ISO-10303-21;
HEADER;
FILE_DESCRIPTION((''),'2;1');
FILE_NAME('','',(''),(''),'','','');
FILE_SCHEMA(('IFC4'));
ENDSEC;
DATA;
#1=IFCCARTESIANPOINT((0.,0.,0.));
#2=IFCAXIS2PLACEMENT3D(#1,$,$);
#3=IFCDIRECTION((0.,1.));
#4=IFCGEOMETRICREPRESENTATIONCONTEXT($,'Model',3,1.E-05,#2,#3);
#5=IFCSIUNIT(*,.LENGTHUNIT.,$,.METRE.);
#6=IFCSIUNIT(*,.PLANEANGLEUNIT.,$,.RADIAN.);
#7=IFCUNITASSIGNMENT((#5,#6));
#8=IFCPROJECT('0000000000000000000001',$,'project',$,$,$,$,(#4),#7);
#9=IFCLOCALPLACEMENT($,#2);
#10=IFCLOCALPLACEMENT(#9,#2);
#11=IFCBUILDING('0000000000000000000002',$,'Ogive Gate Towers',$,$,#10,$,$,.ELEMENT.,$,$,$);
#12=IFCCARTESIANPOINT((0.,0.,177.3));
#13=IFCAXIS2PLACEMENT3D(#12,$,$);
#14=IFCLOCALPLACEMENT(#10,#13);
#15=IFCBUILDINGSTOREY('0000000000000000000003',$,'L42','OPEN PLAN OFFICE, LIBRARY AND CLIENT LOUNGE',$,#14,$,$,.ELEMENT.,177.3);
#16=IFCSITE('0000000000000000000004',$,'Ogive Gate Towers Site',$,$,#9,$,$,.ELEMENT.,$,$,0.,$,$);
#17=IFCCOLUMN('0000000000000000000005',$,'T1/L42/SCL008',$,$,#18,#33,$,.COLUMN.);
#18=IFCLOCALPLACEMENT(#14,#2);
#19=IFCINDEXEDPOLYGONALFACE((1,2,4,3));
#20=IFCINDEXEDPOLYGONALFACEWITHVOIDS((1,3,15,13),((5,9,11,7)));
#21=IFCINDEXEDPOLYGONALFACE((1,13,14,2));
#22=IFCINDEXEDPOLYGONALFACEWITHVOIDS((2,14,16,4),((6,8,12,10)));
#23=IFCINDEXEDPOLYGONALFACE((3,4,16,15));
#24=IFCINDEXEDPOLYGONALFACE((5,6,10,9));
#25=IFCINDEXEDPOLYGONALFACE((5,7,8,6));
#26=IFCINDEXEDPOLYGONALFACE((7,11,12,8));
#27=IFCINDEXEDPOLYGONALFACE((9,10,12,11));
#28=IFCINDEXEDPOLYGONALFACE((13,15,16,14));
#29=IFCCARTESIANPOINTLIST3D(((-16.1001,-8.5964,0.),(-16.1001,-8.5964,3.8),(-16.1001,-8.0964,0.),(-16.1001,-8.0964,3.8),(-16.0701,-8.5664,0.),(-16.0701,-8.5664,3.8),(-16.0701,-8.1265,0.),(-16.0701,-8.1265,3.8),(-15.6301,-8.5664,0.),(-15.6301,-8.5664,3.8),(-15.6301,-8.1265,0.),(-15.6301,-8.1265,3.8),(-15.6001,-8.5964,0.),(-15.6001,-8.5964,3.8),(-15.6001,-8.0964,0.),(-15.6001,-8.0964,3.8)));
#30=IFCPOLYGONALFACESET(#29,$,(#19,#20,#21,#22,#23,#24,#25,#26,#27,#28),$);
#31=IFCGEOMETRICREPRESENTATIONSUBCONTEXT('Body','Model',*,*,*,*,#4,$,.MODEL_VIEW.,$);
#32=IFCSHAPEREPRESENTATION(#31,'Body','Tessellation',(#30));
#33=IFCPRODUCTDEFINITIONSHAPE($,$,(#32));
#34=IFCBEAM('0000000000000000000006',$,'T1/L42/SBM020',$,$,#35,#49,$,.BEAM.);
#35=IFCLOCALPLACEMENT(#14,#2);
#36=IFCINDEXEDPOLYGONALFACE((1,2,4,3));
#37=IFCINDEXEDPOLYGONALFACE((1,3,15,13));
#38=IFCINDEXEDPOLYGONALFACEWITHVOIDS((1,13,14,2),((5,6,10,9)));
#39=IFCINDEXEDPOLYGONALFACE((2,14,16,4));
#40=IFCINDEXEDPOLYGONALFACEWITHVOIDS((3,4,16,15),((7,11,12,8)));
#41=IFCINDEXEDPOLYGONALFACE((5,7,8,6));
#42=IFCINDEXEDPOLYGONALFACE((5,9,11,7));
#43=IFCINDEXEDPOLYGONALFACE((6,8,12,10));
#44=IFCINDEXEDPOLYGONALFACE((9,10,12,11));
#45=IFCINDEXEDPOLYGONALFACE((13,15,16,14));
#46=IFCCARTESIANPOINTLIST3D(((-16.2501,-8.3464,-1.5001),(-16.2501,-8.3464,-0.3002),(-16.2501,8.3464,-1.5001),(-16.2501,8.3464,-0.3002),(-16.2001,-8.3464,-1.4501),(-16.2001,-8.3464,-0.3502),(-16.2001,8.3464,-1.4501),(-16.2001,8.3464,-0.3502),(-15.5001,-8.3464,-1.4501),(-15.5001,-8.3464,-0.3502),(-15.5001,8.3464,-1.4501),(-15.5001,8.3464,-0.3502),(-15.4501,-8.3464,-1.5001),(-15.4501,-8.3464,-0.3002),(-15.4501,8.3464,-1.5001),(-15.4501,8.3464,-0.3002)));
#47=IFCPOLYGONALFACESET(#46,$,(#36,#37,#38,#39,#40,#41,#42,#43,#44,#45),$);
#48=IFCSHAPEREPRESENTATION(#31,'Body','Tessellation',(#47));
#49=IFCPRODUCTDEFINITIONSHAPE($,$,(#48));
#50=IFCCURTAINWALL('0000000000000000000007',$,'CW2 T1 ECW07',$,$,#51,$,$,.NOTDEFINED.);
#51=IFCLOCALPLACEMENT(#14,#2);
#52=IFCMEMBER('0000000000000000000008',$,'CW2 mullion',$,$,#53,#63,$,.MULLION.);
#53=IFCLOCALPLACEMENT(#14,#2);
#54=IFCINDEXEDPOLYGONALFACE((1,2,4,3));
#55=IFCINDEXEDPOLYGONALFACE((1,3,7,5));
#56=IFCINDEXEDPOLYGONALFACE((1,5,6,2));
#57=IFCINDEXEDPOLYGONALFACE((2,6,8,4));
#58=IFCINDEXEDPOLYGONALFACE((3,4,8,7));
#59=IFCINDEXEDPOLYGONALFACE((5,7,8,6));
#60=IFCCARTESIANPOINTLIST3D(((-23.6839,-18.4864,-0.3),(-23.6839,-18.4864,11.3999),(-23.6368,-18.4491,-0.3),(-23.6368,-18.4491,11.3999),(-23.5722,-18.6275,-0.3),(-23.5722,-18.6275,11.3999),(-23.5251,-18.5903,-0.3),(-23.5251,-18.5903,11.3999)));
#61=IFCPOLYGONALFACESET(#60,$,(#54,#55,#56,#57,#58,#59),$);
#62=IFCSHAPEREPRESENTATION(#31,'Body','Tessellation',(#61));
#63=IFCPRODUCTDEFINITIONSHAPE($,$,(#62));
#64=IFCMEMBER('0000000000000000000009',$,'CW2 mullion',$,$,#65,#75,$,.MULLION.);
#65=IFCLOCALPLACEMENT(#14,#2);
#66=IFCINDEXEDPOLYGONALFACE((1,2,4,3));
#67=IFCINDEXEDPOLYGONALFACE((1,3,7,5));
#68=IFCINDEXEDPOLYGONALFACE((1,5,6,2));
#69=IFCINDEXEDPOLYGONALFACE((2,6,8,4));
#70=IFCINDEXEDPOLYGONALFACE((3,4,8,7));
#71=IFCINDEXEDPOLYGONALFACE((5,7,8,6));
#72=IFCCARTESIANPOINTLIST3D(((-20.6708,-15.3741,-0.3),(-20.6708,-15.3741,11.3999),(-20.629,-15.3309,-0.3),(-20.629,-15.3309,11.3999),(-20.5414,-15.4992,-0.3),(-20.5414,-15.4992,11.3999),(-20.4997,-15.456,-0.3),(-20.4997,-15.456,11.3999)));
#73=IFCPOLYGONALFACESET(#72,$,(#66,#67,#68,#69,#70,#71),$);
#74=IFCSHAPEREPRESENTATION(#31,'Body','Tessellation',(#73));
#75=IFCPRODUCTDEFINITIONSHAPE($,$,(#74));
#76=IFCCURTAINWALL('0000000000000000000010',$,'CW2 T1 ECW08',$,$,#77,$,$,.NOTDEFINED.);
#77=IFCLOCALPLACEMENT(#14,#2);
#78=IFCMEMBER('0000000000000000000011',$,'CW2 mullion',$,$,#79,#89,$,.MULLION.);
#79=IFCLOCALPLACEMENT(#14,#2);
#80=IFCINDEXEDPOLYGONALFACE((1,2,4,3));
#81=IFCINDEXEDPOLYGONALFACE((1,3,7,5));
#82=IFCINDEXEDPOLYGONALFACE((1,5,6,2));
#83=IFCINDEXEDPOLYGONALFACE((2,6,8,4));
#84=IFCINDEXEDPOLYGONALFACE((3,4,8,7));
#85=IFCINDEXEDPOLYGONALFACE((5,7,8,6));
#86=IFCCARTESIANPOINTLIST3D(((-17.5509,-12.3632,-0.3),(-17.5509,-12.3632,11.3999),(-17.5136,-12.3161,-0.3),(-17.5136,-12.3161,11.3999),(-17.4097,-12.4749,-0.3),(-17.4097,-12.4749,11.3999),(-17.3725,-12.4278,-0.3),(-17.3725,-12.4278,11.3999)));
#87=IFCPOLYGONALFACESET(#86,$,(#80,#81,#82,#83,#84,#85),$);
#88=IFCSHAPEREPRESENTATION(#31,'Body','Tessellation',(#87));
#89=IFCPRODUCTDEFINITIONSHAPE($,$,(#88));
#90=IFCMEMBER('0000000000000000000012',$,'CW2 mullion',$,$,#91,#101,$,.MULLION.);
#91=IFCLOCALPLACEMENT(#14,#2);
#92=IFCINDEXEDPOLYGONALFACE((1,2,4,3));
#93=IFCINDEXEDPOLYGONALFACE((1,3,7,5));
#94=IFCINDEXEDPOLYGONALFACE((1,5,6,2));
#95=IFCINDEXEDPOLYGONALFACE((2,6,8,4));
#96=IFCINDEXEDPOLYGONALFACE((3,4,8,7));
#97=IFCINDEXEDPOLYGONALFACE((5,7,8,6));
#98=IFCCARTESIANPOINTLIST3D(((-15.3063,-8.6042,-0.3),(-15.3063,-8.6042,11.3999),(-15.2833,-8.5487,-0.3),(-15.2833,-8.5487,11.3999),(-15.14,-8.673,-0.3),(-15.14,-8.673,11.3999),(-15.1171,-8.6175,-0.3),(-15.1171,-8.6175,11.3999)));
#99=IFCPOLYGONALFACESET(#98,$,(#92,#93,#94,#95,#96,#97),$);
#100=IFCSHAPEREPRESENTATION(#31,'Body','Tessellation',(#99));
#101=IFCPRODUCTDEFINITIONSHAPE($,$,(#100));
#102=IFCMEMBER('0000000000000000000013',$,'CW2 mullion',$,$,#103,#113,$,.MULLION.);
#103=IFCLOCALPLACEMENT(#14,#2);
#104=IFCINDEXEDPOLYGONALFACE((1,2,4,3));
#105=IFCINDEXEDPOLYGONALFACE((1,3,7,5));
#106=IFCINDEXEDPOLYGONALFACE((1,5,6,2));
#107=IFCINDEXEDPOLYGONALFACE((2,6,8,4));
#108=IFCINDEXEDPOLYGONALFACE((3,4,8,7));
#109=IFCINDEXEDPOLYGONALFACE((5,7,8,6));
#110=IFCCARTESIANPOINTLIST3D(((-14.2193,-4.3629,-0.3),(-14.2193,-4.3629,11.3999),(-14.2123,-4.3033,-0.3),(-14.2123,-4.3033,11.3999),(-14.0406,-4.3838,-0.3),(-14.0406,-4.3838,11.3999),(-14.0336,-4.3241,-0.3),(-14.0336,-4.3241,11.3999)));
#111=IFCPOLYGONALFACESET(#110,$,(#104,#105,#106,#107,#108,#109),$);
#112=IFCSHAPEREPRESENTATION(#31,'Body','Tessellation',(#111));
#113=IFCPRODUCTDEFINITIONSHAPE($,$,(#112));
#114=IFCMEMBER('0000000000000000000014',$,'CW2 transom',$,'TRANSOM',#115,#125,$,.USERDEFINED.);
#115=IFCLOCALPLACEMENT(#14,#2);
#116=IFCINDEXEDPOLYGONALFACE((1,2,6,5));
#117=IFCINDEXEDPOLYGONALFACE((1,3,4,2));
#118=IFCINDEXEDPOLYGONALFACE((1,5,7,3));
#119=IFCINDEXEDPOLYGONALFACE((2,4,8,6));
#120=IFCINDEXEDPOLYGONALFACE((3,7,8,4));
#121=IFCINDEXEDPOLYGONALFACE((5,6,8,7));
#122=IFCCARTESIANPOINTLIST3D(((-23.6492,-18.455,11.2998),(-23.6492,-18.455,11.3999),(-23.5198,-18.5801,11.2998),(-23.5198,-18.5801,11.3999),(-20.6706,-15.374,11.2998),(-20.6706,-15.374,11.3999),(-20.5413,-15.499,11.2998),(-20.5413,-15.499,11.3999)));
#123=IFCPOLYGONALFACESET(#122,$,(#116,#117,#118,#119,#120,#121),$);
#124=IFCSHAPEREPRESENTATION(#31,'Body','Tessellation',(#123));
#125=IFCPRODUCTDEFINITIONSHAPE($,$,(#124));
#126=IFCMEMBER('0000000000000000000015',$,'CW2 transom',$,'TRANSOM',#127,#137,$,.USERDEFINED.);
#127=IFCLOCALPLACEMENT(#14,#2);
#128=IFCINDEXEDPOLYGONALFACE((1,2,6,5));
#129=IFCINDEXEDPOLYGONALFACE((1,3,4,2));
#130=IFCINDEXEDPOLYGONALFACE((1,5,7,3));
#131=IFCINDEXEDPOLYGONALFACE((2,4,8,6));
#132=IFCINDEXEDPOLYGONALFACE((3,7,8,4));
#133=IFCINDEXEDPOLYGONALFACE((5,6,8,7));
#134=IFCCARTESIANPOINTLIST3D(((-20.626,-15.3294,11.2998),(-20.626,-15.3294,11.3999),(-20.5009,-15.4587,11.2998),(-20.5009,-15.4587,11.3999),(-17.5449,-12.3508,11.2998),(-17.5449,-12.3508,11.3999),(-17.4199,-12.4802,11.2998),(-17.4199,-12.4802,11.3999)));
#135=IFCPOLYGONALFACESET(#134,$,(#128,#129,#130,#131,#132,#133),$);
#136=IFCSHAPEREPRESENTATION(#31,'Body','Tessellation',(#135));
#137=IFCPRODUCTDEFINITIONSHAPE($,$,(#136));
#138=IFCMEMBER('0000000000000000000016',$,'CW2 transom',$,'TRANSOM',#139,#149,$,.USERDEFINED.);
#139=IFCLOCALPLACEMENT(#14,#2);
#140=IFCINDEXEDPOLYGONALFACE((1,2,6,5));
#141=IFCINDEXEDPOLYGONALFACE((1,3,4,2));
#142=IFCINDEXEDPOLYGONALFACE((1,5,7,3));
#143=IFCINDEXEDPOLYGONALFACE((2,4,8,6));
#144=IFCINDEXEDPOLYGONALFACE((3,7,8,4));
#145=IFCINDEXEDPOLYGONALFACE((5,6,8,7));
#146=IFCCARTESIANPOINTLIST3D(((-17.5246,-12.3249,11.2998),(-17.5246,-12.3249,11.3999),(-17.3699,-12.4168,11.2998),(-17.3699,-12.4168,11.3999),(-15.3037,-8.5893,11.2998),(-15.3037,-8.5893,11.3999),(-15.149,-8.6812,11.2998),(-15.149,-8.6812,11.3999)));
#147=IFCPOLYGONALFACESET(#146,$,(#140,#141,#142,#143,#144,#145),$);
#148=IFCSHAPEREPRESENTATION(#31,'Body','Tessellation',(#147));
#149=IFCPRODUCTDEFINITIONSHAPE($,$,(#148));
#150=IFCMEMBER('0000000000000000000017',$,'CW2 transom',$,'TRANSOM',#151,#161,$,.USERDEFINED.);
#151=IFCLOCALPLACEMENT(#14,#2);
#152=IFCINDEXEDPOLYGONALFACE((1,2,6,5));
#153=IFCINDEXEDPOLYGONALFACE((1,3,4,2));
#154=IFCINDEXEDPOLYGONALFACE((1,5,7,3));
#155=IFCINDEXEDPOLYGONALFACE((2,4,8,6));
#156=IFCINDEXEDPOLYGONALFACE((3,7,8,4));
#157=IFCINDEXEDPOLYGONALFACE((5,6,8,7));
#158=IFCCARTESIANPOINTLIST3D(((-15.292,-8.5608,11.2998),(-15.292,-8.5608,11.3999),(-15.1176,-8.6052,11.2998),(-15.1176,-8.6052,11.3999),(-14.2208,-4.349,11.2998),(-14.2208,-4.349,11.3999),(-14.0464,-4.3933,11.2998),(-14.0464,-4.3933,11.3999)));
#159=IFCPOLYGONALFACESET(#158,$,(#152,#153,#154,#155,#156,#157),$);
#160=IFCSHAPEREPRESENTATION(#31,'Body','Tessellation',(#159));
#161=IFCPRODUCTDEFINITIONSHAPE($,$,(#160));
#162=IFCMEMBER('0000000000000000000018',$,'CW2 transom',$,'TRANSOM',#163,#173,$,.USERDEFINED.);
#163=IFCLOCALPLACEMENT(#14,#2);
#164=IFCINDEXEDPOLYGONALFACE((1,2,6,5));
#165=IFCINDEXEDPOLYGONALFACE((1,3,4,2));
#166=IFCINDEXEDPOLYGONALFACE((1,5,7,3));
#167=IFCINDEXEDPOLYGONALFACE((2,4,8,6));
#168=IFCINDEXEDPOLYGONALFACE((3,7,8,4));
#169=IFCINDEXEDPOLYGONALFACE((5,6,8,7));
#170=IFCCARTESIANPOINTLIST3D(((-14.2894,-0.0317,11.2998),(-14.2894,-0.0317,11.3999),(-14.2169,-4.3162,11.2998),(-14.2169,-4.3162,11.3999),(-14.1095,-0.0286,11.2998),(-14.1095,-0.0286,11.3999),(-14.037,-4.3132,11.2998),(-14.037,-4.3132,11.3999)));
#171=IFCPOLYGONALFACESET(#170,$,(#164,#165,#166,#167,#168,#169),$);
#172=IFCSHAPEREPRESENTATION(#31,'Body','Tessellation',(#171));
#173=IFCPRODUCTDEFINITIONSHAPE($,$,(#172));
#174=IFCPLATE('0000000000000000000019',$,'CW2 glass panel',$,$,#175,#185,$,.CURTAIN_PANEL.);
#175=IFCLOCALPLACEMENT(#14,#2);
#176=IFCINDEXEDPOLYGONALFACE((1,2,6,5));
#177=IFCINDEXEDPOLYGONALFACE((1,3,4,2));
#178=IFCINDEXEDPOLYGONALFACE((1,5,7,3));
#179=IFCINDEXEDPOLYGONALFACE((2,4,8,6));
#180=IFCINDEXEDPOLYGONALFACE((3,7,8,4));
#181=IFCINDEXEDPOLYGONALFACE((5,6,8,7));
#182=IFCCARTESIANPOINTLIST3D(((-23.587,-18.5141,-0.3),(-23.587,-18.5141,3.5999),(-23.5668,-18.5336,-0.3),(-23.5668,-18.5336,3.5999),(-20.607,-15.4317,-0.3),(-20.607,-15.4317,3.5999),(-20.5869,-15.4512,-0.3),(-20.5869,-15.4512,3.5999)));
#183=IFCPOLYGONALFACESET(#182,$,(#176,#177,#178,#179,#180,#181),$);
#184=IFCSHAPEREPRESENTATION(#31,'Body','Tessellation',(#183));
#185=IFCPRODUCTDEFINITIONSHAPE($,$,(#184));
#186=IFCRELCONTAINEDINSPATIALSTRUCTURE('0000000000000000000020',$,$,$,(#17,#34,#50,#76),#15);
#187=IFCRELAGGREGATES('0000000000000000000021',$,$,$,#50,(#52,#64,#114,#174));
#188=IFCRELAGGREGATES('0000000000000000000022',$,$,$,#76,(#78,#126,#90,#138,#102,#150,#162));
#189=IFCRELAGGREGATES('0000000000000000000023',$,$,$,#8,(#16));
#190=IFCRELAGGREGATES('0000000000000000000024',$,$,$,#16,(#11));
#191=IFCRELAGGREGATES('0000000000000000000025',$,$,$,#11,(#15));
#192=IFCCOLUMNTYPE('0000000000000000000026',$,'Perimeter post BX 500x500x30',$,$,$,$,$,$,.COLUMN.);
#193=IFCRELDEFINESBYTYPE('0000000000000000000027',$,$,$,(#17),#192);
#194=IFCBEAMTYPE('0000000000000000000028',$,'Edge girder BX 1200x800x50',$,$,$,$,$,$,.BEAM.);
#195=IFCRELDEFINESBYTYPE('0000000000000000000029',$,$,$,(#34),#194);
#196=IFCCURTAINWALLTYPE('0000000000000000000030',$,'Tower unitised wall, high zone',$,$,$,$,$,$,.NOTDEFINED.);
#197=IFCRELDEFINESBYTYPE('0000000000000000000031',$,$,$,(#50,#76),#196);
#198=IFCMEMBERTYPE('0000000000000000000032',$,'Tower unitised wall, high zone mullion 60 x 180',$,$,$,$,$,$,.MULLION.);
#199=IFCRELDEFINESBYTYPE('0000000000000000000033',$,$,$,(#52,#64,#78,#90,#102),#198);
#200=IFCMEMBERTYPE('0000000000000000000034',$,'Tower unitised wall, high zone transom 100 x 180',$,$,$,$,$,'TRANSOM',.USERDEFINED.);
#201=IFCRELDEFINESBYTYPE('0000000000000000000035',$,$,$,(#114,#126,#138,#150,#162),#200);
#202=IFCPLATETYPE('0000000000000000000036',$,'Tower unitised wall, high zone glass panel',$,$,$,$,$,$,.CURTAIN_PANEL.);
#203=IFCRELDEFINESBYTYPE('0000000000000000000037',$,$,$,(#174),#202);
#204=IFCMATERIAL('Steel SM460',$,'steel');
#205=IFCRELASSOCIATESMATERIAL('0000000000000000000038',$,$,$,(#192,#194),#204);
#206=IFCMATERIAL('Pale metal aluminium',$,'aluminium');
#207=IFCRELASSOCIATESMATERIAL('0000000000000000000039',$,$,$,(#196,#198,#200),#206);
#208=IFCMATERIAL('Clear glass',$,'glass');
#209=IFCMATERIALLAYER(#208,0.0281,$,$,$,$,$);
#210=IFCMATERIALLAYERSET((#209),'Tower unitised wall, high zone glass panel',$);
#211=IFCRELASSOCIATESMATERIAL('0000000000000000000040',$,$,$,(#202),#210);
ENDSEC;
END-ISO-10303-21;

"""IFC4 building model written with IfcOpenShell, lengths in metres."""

from ifc_helpers import new_model, si_unit, direction, frame, origin, origin_2d, place, context, subcontext, project, spatial, rectangle, hollow_rectangle, extrude, material, layer, layer_set, material_profile, profile_set, type_object, element, aggregate, save


model = new_model("IFC4")

# Units and contexts
model_context = context("Model", 3, precision=1e-05, world=origin(), true_north=direction((0.0, 1.0)))
body_context = subcontext(model_context, "Body", "Model", "MODEL_VIEW")
ifc_project = project(units=[si_unit("LENGTHUNIT", "METRE"), si_unit("PLANEANGLEUNIT", "RADIAN")], contexts=[model_context])

# Site, building, storey
site_placement = place(None, origin())
site = spatial("IfcSite", under=ifc_project, at=site_placement, Name="Ogive Gate Towers Site", CompositionType="ELEMENT", RefElevation=0.0)
building_placement = place(site_placement, origin())
building = spatial("IfcBuilding", under=site, at=building_placement, Name="Ogive Gate Towers", CompositionType="ELEMENT")
storey_placement = place(building_placement, frame((0.0, 0.0, 177.3)))
storey = spatial("IfcBuildingStorey", under=building, at=storey_placement, Name="L42", Description="OPEN PLAN OFFICE, LIBRARY AND CLIENT LOUNGE", CompositionType="ELEMENT", Elevation=177.3)

# Column
ifc_material_1 = material(Name="Steel SM460", Category="steel")
ifc_material_profile_1 = material_profile(ifc_material_1, hollow_rectangle(XDim=0.5, YDim=0.5, WallThickness=0.03, at=origin_2d()), Name="BX 500x500x30")
ifc_profile_set_1 = profile_set([ifc_material_profile_1], Name="Steel SM460")
column_type = type_object("IfcColumnType", Name="Perimeter post BX 500x500x30", PredefinedType="COLUMN", material=ifc_profile_set_1)
column_placement = place(storey_placement, frame((-15.8501, -8.3464, 0.0), z_axis=(0.0, 0.0, 1.0), x_axis=(1.0, 0.0, 0.0)))
element("IfcColumn", 1, at=column_placement, inside=storey, type_object=column_type, Name="T1/L42/SCL008", PredefinedType="COLUMN", context=body_context, shape_type="SweptSolid", body=[
    extrude(hollow_rectangle(XDim=0.5, YDim=0.5, WallThickness=0.03, at=origin_2d()), origin(), (0.0, 0.0, 1.0), 3.8),
])

# Beam
ifc_material_profile_2 = material_profile(ifc_material_1, hollow_rectangle(XDim=0.8, YDim=1.2, WallThickness=0.05, at=origin_2d()), Name="BX 1200x800x50")
ifc_profile_set_2 = profile_set([ifc_material_profile_2], Name="Steel SM460")
beam_type = type_object("IfcBeamType", Name="Edge girder BX 1200x800x50", PredefinedType="BEAM", material=ifc_profile_set_2)
beam_placement = place(storey_placement, frame((-15.8501, -8.3464, -0.9001), z_axis=(0.0, 1.0, 0.0), x_axis=(-1.0, 0.0, 0.0)))
element("IfcBeam", 2, at=beam_placement, inside=storey, type_object=beam_type, Name="T1/L42/SBM020", PredefinedType="BEAM", context=body_context, shape_type="SweptSolid", body=[
    extrude(hollow_rectangle(XDim=0.8, YDim=1.2, WallThickness=0.05, at=origin_2d()), origin(), (0.0, 0.0, 1.0), 16.6929),
])

# Curtain walls, members
ifc_material_2 = material(Name="Pale metal aluminium", Category="aluminium")
curtain_wall_type = type_object("IfcCurtainWallType", Name="Tower unitised wall, high zone", PredefinedType="NOTDEFINED", material=ifc_material_2)
curtain_wall_1_placement = place(storey_placement, origin())
curtain_wall_1 = element("IfcCurtainWall", 3, at=curtain_wall_1_placement, inside=storey, type_object=curtain_wall_type, Name="CW2 T1 ECW07", PredefinedType="NOTDEFINED")
ifc_material_profile_3 = material_profile(ifc_material_2, rectangle(XDim=0.1799, YDim=0.0601, at=origin_2d()), Name="60 x 180 aluminium box")
ifc_profile_set_3 = profile_set([ifc_material_profile_3], Name="Pale metal aluminium")
member_type_1 = type_object("IfcMemberType", Name="Tower unitised wall, high zone mullion 60 x 180", PredefinedType="MULLION", material=ifc_profile_set_3)
member_1_placement = place(storey_placement, frame((-23.6045, -18.5383, -0.3), z_axis=(0.0, 0.0, 1.0), x_axis=(0.620464, -0.784235, 0.0)))
member_1 = element("IfcMember", 4, at=member_1_placement, type_object=member_type_1, Name="CW2 mullion", PredefinedType="MULLION", context=body_context, shape_type="SweptSolid", body=[
    extrude(rectangle(XDim=0.1799, YDim=0.0601, at=origin_2d()), origin(), (0.0, 0.0, 1.0), 11.7),
])
member_2_placement = place(storey_placement, frame((-20.5852, -15.415, -0.3), z_axis=(0.0, 0.0, 1.0), x_axis=(0.718964, -0.695047, 0.0)))
member_2 = element("IfcMember", 5, at=member_2_placement, type_object=member_type_1, Name="CW2 mullion", PredefinedType="MULLION", context=body_context, shape_type="SweptSolid", body=[
    extrude(rectangle(XDim=0.1799, YDim=0.0601, at=origin_2d()), origin(), (0.0, 0.0, 1.0), 11.7),
])
curtain_wall_2_placement = place(storey_placement, origin())
curtain_wall_2 = element("IfcCurtainWall", 6, at=curtain_wall_2_placement, inside=storey, type_object=curtain_wall_type, Name="CW2 T1 ECW08", PredefinedType="NOTDEFINED")
member_3_placement = place(storey_placement, frame((-17.4617, -12.3955, -0.3), z_axis=(0.0, 0.0, 1.0), x_axis=(0.784235, -0.620464, 0.0)))
member_3 = element("IfcMember", 7, at=member_3_placement, type_object=member_type_1, Name="CW2 mullion", PredefinedType="MULLION", context=body_context, shape_type="SweptSolid", body=[
    extrude(rectangle(XDim=0.1799, YDim=0.0601, at=origin_2d()), origin(), (0.0, 0.0, 1.0), 11.7),
])
member_4_placement = place(storey_placement, frame((-15.2117, -8.6108, -0.3), z_axis=(0.0, 0.0, 1.0), x_axis=(0.92388, -0.382683, 0.0)))
member_4 = element("IfcMember", 8, at=member_4_placement, type_object=member_type_1, Name="CW2 mullion", PredefinedType="MULLION", context=body_context, shape_type="SweptSolid", body=[
    extrude(rectangle(XDim=0.1799, YDim=0.0601, at=origin_2d()), origin(), (0.0, 0.0, 1.0), 11.7),
])
member_5_placement = place(storey_placement, frame((-14.1265, -4.3435, -0.3), z_axis=(0.0, 0.0, 1.0), x_axis=(0.993272, -0.115804, 0.0)))
member_5 = element("IfcMember", 9, at=member_5_placement, type_object=member_type_1, Name="CW2 mullion", PredefinedType="MULLION", context=body_context, shape_type="SweptSolid", body=[
    extrude(rectangle(XDim=0.1799, YDim=0.0601, at=origin_2d()), origin(), (0.0, 0.0, 1.0), 11.7),
])

# Members
ifc_material_profile_4 = material_profile(ifc_material_2, rectangle(XDim=0.1799, YDim=0.1001, at=origin_2d()), Name="100 x 180 aluminium box")
ifc_profile_set_4 = profile_set([ifc_material_profile_4], Name="Pale metal aluminium")
member_type_2 = type_object("IfcMemberType", Name="Tower unitised wall, high zone transom 100 x 180", ElementType="TRANSOM", PredefinedType="USERDEFINED", material=ifc_profile_set_4)
member_6_placement = place(storey_placement, frame((-23.5845, -18.5176, 11.3499), z_axis=(0.695042, 0.718969, 0.0), x_axis=(-0.718969, 0.695042, 0.0)))
member_6 = element("IfcMember", 10, at=member_6_placement, type_object=member_type_2, Name="CW2 transom", ObjectType="TRANSOM", PredefinedType="USERDEFINED", context=body_context, shape_type="SweptSolid", body=[
    extrude(rectangle(XDim=0.1799, YDim=0.1001, at=origin_2d()), origin(), (0.0, 0.0, 1.0), 4.2854),
])
member_7_placement = place(storey_placement, frame((-20.5635, -15.394, 11.3499), z_axis=(0.718969, 0.695042, 0.0), x_axis=(-0.695042, 0.718969, 0.0)))
member_7 = element("IfcMember", 11, at=member_7_placement, type_object=member_type_2, Name="CW2 transom", ObjectType="TRANSOM", PredefinedType="USERDEFINED", context=body_context, shape_type="SweptSolid", body=[
    extrude(rectangle(XDim=0.1799, YDim=0.1001, at=origin_2d()), origin(), (0.0, 0.0, 1.0), 4.2854),
])
member_8_placement = place(storey_placement, frame((-17.4473, -12.3708, 11.3499), z_axis=(0.511038, 0.859558, 0.0), x_axis=(-0.859558, 0.511038, 0.0)))
member_8 = element("IfcMember", 12, at=member_8_placement, type_object=member_type_2, Name="CW2 transom", ObjectType="TRANSOM", PredefinedType="USERDEFINED", context=body_context, shape_type="SweptSolid", body=[
    extrude(rectangle(XDim=0.1799, YDim=0.1001, at=origin_2d()), origin(), (0.0, 0.0, 1.0), 4.3459),
])
member_9_placement = place(storey_placement, frame((-15.2048, -8.583, 11.3499), z_axis=(0.246499, 0.969143, 0.0), x_axis=(-0.969143, 0.246499, 0.0)))
member_9 = element("IfcMember", 13, at=member_9_placement, type_object=member_type_2, Name="CW2 transom", ObjectType="TRANSOM", PredefinedType="USERDEFINED", context=body_context, shape_type="SweptSolid", body=[
    extrude(rectangle(XDim=0.1799, YDim=0.1001, at=origin_2d()), origin(), (0.0, 0.0, 1.0), 4.3459),
])
member_10_placement = place(storey_placement, frame((-14.127, -4.3147, 11.3499), z_axis=(-0.016922, 0.999857, 0.0), x_axis=(-0.999857, -0.016922, 0.0)))
member_10 = element("IfcMember", 14, at=member_10_placement, type_object=member_type_2, Name="CW2 transom", ObjectType="TRANSOM", PredefinedType="USERDEFINED", context=body_context, shape_type="SweptSolid", body=[
    extrude(rectangle(XDim=0.1799, YDim=0.1001, at=origin_2d()), origin(), (0.0, 0.0, 1.0), 4.2852),
])

# Plate
ifc_material_3 = material(Name="Clear glass", Category="glass")
ifc_layer_1 = layer(ifc_material_3, 0.0281)
ifc_layer_set_1 = layer_set([ifc_layer_1], Name="Tower unitised wall, high zone glass panel")
plate_type = type_object("IfcPlateType", Name="Tower unitised wall, high zone glass panel", PredefinedType="CURTAIN_PANEL", material=ifc_layer_set_1)
plate_1_placement = place(storey_placement, frame((-22.0869, -16.9827, -0.3), z_axis=(0.0, 0.0, 1.0), x_axis=(0.695047, 0.718964, 0.0)))
plate_1 = element("IfcPlate", 15, at=plate_1_placement, type_object=plate_type, Name="CW2 glass panel", PredefinedType="CURTAIN_PANEL", context=body_context, shape_type="SweptSolid", body=[
    extrude(rectangle(XDim=4.2874, YDim=0.0281, at=origin_2d()), origin(), (0.0, 0.0, 1.0), 3.8999),
])
aggregate(curtain_wall_1, [member_1, member_2, member_6, plate_1])
aggregate(curtain_wall_2, [member_3, member_7, member_4, member_8, member_5, member_9, member_10])

save(model, "model.ifc")
